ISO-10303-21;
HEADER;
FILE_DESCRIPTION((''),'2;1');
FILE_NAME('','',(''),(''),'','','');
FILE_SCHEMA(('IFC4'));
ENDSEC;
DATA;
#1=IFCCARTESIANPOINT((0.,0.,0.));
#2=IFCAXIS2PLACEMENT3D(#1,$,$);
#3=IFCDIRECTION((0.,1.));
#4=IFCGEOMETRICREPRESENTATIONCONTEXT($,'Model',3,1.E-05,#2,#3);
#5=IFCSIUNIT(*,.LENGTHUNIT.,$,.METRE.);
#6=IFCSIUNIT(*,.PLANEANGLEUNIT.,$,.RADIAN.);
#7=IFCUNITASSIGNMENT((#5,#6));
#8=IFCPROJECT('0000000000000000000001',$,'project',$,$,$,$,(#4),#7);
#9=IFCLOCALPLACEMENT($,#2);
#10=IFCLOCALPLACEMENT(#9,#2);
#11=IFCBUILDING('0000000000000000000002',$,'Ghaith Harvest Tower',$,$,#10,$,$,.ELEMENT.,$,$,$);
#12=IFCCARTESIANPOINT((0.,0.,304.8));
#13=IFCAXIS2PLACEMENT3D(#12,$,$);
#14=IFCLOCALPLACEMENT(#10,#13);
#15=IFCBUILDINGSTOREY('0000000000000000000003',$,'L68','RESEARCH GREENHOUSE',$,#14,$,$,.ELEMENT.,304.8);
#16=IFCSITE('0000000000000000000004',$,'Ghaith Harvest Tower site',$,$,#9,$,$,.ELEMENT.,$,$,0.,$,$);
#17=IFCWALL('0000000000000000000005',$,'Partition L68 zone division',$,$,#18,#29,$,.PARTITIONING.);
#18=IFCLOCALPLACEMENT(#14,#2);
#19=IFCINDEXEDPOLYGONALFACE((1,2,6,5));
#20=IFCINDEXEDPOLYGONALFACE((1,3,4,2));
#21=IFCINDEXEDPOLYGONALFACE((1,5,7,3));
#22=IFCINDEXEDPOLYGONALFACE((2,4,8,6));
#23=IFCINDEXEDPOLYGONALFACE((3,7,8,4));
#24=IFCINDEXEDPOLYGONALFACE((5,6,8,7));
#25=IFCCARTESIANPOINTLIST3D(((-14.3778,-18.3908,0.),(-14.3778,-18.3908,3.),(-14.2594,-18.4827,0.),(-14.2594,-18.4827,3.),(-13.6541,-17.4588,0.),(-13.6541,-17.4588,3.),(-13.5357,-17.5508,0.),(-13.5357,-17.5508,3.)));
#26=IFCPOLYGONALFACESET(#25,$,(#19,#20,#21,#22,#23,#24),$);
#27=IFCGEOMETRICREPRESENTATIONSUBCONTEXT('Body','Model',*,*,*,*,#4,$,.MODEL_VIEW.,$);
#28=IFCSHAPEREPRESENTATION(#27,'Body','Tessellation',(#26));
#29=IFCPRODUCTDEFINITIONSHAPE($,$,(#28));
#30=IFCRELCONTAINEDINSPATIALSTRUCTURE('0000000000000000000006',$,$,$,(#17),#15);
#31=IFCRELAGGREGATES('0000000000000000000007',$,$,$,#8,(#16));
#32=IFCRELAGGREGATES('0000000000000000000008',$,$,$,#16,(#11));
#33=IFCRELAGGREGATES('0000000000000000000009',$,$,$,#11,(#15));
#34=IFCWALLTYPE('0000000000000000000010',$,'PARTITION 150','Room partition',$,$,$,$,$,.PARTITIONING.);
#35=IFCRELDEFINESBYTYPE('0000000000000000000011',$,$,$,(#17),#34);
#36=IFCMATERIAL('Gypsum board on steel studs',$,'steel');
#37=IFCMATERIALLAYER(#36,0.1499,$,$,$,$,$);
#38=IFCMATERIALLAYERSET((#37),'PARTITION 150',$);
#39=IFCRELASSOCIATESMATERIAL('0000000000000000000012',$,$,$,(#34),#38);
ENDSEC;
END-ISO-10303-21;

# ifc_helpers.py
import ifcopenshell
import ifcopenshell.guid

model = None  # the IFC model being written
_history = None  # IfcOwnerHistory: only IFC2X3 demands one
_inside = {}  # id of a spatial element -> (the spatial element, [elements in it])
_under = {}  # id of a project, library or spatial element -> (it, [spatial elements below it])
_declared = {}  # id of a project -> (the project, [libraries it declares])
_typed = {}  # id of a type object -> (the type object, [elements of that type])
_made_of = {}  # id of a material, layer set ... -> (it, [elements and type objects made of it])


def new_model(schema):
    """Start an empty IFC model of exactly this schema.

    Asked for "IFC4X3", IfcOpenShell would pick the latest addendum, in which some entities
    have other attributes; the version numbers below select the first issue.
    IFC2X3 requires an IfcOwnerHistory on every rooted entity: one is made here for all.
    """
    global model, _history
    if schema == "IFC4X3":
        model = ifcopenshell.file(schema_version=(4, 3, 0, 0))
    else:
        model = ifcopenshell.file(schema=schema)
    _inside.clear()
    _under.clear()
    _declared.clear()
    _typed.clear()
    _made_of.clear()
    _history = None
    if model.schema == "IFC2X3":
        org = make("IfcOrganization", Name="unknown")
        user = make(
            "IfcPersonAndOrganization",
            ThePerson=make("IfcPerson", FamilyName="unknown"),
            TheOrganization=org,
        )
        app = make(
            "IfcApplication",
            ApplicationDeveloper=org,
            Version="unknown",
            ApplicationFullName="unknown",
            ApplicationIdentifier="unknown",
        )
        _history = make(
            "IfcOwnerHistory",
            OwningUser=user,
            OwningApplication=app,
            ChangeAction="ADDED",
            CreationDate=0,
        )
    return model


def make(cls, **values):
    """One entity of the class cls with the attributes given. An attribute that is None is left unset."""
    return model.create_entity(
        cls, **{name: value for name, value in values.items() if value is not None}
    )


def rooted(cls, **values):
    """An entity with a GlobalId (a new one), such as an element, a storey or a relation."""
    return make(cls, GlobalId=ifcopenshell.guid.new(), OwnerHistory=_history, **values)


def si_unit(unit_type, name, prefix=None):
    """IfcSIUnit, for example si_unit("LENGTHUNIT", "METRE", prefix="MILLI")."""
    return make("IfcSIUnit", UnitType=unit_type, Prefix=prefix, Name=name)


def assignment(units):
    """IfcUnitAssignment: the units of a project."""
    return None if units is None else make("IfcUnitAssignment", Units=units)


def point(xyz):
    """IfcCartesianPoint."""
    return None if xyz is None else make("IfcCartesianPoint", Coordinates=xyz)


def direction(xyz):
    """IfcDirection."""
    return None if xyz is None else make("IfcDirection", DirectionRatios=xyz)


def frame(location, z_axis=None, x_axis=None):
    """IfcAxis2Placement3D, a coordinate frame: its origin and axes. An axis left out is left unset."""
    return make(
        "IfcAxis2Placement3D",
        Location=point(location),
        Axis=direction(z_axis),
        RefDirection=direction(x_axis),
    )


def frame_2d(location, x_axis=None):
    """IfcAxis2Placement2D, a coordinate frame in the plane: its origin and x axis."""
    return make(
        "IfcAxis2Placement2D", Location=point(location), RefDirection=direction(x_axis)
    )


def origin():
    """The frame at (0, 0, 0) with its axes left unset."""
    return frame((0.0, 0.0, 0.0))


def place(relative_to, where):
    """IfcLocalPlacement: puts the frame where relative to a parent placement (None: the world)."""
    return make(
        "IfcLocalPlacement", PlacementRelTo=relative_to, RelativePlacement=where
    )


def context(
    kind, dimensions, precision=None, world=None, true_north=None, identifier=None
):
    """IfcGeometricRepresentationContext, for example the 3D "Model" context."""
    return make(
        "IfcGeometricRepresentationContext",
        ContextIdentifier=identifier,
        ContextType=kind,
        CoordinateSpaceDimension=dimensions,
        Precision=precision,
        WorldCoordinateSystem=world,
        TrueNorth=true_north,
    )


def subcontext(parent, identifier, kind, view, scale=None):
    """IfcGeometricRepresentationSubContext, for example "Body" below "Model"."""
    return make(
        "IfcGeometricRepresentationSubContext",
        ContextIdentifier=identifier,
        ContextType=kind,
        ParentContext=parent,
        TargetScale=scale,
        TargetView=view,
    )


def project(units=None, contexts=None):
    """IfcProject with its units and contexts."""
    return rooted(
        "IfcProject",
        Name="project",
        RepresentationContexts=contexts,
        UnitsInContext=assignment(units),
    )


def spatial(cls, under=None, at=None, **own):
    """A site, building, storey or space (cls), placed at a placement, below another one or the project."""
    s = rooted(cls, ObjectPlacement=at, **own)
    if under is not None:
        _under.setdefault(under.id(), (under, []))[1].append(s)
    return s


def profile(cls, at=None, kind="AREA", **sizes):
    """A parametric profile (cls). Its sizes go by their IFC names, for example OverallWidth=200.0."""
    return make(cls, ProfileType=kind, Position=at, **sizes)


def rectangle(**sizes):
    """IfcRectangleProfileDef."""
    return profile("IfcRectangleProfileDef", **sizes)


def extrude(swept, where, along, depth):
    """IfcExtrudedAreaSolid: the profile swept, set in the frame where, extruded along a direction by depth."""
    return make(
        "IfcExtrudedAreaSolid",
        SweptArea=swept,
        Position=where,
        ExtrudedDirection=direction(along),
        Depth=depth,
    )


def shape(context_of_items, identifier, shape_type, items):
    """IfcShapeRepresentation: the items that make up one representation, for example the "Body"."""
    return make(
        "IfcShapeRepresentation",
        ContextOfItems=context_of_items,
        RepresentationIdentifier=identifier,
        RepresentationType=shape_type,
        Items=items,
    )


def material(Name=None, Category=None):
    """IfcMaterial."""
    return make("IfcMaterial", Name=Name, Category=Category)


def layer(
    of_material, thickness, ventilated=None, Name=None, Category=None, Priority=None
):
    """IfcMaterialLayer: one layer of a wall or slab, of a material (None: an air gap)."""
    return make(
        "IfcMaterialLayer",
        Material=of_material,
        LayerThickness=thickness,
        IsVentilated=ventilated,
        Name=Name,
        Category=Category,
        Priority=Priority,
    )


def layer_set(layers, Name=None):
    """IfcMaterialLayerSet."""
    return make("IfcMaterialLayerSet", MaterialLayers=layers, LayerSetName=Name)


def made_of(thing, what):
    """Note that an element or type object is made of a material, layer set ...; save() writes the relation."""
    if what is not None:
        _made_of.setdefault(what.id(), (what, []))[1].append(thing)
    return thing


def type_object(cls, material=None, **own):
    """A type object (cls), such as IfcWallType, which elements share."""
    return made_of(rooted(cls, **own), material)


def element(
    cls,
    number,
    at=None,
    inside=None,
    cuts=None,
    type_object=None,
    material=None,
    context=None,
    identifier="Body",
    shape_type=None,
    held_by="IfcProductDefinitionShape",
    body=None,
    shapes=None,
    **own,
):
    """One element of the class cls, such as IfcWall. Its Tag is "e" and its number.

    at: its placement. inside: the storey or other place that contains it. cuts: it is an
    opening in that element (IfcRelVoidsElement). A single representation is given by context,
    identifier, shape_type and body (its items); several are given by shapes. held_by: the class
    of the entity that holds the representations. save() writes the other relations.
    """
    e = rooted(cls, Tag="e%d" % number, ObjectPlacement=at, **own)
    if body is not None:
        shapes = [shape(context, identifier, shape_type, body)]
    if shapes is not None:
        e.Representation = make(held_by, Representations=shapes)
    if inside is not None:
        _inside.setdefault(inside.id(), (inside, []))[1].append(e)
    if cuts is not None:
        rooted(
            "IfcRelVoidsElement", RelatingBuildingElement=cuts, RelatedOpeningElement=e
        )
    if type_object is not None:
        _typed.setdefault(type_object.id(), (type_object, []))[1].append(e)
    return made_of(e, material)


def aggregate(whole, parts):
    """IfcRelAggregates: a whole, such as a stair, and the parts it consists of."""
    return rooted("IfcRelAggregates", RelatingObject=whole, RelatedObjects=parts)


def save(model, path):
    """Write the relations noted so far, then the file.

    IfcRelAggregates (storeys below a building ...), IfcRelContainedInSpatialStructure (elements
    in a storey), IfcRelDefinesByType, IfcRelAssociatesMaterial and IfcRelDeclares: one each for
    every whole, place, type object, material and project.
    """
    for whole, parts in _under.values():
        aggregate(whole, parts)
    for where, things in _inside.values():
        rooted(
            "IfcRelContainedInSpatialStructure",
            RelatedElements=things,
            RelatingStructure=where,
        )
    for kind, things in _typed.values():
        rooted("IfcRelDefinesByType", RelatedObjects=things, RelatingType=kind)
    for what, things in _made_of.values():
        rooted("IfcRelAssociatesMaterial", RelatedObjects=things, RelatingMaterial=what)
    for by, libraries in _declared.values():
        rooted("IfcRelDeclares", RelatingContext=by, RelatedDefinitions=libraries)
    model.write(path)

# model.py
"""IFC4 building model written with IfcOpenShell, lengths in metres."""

from ifc_helpers import new_model, si_unit, direction, frame, frame_2d, origin, place, context, subcontext, project, spatial, rectangle, extrude, material, layer, layer_set, type_object, element, save


model = new_model("IFC4")

# Units and contexts
model_context = context("Model", 3, precision=1e-05, world=origin(), true_north=direction((0.0, 1.0)))
body_context = subcontext(model_context, "Body", "Model", "MODEL_VIEW")
ifc_project = project(units=[si_unit("LENGTHUNIT", "METRE"), si_unit("PLANEANGLEUNIT", "RADIAN")], contexts=[model_context])

# Site, building, storey
site_placement = place(None, origin())
site = spatial("IfcSite", under=ifc_project, at=site_placement, Name="Ghaith Harvest Tower site", CompositionType="ELEMENT", RefElevation=0.0)
building_placement = place(site_placement, origin())
building = spatial("IfcBuilding", under=site, at=building_placement, Name="Ghaith Harvest Tower", CompositionType="ELEMENT")
storey_placement = place(building_placement, frame((0.0, 0.0, 304.8)))
storey = spatial("IfcBuildingStorey", under=building, at=storey_placement, Name="L68", Description="RESEARCH GREENHOUSE", CompositionType="ELEMENT", Elevation=304.8)

# Shared definitions
ifc_material_1 = material(Name="Gypsum board on steel studs", Category="steel")
ifc_layer_1 = layer(ifc_material_1, 0.1499)
ifc_layer_set_1 = layer_set([ifc_layer_1], Name="PARTITION 150")
wall_type_1 = type_object("IfcWallType", Name="PARTITION 150", Description="Room partition", PredefinedType="PARTITIONING", material=ifc_layer_set_1)

# Wall
wall_1_placement = place(storey_placement, frame((-13.595, -17.5049, 0.0), z_axis=(0.0, 0.0, 1.0), x_axis=(-0.613324, -0.789831, 0.0)))
element("IfcWall", 1, at=wall_1_placement, inside=storey, type_object=wall_type_1, Name="Partition L68 zone division", PredefinedType="PARTITIONING", context=body_context, shape_type="SweptSolid", body=[
    extrude(rectangle(XDim=1.1799, YDim=0.1499, at=frame_2d((0.5898, 0.0))), origin(), (0.0, 0.0, 1.0), 3.0),
])

save(model, "model.ifc")
